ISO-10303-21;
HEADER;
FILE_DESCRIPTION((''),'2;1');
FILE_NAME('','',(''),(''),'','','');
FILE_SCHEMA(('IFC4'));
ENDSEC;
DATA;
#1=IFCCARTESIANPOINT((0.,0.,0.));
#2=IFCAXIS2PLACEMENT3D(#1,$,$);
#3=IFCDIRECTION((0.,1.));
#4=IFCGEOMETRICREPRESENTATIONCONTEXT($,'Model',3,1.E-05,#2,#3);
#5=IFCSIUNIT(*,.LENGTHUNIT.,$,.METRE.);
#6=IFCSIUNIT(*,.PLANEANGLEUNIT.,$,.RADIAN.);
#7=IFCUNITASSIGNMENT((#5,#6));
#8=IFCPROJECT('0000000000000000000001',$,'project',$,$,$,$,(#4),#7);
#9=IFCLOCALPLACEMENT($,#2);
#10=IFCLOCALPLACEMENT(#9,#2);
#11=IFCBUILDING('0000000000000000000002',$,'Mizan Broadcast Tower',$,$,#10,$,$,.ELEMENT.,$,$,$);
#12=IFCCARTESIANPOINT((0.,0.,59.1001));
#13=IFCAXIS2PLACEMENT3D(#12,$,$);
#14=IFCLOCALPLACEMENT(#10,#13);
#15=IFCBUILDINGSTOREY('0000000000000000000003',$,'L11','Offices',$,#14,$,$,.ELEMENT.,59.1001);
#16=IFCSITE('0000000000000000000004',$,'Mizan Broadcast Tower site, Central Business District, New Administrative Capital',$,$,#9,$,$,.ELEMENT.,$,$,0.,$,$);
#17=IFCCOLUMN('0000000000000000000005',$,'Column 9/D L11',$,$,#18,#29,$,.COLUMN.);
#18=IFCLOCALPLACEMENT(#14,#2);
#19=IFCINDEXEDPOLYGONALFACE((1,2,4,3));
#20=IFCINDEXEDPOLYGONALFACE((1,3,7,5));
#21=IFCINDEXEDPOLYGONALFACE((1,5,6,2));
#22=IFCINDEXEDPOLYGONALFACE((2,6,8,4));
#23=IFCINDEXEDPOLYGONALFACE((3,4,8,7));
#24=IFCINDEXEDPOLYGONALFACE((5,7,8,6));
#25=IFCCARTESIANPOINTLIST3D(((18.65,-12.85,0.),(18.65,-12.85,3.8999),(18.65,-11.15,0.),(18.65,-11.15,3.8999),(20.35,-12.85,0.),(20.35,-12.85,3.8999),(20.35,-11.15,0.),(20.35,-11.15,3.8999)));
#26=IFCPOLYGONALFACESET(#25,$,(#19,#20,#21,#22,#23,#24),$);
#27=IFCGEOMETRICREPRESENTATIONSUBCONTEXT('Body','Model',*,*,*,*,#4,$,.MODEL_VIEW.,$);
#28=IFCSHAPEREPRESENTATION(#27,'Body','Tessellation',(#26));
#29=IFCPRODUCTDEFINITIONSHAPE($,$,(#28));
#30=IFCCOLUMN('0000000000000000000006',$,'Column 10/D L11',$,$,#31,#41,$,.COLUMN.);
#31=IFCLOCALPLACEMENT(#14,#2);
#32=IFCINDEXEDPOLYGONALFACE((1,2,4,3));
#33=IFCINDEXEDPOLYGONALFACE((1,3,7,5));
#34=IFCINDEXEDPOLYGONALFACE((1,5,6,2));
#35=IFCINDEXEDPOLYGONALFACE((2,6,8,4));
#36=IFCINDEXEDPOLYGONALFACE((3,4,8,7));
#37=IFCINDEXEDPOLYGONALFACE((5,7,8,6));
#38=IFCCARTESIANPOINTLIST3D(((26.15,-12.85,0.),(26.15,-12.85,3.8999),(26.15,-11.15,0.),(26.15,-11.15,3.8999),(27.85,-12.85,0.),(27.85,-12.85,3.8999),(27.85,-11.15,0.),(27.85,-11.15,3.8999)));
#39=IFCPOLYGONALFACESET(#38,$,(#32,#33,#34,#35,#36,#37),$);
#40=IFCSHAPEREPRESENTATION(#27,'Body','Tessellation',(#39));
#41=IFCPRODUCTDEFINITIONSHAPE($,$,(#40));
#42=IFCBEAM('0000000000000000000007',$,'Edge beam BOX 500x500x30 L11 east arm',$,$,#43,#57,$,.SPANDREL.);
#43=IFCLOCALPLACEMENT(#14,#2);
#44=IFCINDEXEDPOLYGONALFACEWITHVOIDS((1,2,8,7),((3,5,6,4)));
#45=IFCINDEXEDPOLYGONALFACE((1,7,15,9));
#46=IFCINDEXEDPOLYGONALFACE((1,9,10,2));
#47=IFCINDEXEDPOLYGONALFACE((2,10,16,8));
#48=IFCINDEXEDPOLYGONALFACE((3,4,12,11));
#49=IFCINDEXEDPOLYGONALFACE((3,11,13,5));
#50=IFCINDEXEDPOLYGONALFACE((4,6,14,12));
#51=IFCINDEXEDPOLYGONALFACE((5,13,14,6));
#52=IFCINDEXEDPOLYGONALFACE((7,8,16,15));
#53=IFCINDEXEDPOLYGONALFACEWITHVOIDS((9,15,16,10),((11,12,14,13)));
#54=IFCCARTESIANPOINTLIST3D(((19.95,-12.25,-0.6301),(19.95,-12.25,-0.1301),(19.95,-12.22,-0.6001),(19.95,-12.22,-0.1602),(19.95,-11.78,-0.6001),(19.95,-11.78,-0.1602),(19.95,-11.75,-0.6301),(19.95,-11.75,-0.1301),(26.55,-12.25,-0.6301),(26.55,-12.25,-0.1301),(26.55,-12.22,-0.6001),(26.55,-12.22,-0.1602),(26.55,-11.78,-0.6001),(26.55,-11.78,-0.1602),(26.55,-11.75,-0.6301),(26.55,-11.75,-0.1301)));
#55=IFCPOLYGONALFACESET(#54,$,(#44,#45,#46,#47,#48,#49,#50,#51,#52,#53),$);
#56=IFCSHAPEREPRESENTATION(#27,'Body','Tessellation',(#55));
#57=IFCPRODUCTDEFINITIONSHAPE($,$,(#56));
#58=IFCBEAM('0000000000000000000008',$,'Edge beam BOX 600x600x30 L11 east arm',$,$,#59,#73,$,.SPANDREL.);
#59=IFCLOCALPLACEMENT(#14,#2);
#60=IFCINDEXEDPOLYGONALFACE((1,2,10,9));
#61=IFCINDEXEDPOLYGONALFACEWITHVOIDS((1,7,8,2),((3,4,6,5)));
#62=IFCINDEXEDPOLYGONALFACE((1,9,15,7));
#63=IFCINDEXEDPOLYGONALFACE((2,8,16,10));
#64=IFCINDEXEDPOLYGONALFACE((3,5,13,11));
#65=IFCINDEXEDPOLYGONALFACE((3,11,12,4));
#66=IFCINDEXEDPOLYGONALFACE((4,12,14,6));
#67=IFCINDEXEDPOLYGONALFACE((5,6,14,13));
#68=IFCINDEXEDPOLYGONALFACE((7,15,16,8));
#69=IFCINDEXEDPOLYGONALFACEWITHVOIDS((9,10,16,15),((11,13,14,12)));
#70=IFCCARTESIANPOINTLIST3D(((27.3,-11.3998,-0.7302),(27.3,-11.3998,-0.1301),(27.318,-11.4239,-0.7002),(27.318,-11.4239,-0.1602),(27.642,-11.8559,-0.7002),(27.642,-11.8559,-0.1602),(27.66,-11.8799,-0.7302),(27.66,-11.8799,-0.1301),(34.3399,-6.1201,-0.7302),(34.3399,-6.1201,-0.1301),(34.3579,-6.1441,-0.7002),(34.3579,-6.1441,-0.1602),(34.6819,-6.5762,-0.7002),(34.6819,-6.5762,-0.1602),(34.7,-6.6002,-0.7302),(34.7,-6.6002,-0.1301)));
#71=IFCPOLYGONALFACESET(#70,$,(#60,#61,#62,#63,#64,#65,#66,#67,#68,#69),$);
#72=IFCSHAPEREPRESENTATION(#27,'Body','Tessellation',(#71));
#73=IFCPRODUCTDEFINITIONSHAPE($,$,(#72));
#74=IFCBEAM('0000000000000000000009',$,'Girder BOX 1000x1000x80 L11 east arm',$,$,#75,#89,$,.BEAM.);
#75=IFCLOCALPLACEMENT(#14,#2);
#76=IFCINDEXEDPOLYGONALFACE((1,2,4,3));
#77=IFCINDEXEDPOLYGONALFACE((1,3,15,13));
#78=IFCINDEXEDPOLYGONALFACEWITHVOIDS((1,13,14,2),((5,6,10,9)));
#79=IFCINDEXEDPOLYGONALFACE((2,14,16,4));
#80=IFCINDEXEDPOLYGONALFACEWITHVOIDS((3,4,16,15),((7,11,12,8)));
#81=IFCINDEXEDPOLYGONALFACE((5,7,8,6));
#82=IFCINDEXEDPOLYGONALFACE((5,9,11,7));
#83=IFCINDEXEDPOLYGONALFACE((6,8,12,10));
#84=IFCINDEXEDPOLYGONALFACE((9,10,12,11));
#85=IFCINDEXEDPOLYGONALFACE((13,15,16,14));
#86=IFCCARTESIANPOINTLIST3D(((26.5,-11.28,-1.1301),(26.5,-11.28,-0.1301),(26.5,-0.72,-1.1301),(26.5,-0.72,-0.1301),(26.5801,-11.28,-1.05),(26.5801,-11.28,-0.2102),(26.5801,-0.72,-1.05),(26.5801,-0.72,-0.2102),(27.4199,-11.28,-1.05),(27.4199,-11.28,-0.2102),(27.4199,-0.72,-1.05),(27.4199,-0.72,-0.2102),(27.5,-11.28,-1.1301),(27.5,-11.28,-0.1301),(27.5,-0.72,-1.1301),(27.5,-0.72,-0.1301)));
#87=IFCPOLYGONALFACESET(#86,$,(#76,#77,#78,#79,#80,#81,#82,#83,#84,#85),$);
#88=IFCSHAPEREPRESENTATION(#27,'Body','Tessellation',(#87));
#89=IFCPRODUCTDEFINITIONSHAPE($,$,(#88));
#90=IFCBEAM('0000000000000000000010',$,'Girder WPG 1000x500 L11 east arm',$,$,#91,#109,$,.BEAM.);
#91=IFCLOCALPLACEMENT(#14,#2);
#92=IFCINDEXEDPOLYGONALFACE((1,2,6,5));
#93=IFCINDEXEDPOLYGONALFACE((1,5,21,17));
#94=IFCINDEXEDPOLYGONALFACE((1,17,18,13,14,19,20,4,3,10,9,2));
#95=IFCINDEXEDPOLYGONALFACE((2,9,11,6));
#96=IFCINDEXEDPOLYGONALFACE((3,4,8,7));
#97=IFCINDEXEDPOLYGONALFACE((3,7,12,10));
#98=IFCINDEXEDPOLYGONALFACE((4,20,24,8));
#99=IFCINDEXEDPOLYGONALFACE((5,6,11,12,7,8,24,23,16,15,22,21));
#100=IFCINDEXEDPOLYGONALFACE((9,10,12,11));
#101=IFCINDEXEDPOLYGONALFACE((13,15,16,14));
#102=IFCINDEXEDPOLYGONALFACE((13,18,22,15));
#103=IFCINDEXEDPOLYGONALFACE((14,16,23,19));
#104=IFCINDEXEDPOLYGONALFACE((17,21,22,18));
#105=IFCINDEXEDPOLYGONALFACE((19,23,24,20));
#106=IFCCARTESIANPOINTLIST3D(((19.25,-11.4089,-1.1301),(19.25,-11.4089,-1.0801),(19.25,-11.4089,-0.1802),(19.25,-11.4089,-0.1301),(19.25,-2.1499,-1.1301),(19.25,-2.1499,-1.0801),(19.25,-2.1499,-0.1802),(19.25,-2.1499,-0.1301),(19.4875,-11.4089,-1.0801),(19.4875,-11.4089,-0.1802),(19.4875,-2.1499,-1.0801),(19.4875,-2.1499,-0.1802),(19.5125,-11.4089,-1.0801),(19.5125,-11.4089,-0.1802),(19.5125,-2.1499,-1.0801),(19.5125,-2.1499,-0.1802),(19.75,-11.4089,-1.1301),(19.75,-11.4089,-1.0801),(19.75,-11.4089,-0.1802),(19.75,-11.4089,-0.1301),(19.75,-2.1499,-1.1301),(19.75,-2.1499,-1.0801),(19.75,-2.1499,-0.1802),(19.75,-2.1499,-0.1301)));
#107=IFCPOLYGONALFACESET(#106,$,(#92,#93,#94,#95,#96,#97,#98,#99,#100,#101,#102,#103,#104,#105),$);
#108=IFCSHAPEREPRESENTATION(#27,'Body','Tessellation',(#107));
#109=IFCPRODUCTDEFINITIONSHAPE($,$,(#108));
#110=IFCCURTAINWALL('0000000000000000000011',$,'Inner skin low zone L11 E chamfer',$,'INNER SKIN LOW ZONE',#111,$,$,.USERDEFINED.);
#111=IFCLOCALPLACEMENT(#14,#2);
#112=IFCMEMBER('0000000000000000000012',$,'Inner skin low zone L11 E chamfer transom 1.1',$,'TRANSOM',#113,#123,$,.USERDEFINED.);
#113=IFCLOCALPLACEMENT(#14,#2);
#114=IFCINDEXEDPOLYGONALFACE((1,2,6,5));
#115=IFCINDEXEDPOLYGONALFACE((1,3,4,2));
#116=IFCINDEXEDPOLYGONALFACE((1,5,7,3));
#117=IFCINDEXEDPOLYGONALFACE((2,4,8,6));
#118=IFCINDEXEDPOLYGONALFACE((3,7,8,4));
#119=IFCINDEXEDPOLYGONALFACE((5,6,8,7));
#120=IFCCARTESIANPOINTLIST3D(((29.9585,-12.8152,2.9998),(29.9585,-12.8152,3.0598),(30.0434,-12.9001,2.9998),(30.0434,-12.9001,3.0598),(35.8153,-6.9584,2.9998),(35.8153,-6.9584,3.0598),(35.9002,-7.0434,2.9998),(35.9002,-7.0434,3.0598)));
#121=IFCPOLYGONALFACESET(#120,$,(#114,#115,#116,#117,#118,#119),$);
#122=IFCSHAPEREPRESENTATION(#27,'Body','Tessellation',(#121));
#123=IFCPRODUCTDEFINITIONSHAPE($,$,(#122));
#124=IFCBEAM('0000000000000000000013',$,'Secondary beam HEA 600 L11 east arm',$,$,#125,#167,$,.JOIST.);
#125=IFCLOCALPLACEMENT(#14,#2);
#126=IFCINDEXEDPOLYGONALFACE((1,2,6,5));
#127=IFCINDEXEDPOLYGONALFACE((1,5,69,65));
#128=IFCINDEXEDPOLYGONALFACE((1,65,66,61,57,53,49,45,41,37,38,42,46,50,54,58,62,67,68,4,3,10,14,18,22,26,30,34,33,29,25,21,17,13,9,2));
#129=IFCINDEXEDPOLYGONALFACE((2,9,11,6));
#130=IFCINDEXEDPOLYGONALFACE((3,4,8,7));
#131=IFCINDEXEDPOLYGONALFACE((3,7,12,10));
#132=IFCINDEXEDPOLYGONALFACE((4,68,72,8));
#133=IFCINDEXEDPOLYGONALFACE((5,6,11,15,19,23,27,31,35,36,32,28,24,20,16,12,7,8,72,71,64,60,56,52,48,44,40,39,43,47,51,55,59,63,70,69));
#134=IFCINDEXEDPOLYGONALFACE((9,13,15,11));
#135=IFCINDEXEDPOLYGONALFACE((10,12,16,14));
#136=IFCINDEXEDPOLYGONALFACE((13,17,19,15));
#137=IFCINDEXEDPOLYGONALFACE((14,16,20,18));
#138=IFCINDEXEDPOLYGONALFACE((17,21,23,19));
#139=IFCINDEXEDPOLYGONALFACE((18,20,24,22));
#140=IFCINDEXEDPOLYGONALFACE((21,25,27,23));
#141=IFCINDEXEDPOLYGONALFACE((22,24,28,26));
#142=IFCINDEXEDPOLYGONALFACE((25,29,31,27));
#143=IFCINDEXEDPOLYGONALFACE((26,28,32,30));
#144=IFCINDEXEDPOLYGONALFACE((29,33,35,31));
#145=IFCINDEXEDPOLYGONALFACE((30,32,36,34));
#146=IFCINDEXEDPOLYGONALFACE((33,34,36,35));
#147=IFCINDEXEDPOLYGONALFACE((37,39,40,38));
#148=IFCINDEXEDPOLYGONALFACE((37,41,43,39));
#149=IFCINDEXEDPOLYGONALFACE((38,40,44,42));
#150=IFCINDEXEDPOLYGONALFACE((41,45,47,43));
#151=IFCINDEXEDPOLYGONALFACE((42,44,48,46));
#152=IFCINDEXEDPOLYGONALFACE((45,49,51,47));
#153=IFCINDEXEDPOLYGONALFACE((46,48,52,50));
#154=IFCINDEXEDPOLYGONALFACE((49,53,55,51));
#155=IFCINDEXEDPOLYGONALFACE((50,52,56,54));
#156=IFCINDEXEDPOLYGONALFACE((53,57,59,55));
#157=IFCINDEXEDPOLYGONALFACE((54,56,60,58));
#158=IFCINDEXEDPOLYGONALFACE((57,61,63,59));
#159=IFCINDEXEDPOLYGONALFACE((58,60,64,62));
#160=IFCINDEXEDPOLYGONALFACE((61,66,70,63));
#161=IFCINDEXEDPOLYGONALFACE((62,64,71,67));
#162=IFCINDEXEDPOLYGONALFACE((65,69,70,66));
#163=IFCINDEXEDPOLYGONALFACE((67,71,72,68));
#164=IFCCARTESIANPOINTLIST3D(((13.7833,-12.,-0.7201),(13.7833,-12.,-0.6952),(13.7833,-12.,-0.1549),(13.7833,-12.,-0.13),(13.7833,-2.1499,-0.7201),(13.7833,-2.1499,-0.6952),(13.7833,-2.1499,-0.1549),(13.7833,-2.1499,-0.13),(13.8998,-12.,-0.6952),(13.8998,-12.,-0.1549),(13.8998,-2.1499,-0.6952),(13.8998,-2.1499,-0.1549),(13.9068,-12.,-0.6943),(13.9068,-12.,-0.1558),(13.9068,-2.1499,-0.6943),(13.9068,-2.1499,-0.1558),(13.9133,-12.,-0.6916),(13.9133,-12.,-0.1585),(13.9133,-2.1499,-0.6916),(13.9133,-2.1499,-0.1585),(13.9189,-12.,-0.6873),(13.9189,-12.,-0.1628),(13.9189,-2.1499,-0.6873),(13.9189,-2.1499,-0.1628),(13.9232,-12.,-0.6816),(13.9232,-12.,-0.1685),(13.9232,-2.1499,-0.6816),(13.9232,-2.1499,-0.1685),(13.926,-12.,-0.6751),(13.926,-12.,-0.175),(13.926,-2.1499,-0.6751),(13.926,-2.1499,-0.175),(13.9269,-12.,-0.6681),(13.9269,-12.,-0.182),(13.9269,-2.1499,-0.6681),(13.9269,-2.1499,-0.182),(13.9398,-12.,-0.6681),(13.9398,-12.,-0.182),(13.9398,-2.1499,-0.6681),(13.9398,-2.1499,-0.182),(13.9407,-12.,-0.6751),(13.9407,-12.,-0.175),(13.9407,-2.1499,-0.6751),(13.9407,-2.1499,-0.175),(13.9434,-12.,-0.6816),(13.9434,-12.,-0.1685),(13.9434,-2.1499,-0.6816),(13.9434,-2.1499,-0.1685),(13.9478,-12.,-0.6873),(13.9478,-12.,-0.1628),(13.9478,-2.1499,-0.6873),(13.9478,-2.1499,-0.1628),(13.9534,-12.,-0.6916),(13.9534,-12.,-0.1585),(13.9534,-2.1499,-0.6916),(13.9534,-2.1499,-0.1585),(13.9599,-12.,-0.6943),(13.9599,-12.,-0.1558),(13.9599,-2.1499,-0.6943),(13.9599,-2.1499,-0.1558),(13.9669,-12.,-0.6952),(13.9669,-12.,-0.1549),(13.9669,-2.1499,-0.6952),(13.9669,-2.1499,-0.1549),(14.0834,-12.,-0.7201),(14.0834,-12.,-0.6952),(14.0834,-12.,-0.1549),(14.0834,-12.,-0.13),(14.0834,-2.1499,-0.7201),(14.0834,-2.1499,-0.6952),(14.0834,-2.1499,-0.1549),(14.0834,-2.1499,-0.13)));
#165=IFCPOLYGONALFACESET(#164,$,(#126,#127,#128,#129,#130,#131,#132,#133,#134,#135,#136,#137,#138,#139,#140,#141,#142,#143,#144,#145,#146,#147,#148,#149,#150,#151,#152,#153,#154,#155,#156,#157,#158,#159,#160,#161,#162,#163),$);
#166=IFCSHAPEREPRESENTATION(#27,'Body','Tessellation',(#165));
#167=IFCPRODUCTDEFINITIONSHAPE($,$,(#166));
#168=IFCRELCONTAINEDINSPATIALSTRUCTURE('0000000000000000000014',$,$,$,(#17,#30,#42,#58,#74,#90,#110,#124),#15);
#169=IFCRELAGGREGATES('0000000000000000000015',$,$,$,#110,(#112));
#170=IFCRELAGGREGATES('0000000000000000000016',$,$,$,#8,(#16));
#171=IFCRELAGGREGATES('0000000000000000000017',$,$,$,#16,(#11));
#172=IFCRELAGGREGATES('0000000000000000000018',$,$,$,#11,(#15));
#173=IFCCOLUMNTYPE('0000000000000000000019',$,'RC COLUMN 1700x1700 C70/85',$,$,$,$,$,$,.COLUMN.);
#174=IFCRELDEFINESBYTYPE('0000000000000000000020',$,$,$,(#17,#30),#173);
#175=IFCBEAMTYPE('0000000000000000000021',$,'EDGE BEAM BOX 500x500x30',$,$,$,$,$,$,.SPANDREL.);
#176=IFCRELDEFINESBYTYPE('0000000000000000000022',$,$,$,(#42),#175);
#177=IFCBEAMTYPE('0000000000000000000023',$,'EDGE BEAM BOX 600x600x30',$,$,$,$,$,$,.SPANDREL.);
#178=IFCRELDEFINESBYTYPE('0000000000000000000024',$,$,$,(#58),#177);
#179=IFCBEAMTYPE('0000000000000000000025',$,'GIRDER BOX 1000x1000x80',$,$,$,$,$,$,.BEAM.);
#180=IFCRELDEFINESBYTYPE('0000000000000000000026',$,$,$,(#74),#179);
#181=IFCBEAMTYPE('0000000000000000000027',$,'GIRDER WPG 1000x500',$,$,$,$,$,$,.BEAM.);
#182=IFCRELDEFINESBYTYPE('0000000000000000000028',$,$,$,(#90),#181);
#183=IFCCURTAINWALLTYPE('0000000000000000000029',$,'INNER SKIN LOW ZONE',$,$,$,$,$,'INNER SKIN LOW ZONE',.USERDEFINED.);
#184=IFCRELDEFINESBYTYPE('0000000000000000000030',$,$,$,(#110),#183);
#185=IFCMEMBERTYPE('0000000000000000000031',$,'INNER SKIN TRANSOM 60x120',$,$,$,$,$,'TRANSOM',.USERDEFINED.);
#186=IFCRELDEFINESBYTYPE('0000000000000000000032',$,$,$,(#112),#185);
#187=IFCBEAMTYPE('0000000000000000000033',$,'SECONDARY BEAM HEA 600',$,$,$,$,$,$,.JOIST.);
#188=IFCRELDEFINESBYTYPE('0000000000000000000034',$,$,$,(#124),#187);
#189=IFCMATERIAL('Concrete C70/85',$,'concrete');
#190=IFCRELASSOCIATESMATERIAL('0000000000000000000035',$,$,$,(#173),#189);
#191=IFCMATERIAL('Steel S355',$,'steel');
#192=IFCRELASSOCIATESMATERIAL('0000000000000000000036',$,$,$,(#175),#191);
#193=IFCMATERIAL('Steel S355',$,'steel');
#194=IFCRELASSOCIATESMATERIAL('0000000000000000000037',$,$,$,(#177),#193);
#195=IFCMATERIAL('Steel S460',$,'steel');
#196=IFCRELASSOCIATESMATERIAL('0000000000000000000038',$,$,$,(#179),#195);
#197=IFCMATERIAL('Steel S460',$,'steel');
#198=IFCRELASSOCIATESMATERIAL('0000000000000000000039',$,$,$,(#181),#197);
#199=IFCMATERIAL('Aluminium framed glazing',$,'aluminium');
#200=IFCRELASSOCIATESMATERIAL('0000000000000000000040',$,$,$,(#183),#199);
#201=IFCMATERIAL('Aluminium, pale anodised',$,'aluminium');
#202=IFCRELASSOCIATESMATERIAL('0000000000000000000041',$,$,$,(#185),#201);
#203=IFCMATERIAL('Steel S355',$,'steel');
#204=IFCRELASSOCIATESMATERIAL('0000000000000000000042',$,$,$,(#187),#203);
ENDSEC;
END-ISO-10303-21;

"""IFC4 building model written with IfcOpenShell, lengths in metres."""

from ifc_helpers import new_model, si_unit, direction, frame, origin, origin_2d, place, context, subcontext, project, spatial, rectangle, hollow_rectangle, i_section, extrude, material, material_profile, profile_set, type_object, element, aggregate, save


model = new_model("IFC4")

# Units and contexts
model_context = context("Model", 3, precision=1e-05, world=origin(), true_north=direction((0.0, 1.0)))
body_context = subcontext(model_context, "Body", "Model", "MODEL_VIEW")
ifc_project = project(units=[si_unit("LENGTHUNIT", "METRE"), si_unit("PLANEANGLEUNIT", "RADIAN")], contexts=[model_context])

# Site, building, storey
site_placement = place(None, origin())
site = spatial("IfcSite", under=ifc_project, at=site_placement, Name="Mizan Broadcast Tower site, Central Business District, New Administrative Capital", CompositionType="ELEMENT", RefElevation=0.0)
building_placement = place(site_placement, origin())
building = spatial("IfcBuilding", under=site, at=building_placement, Name="Mizan Broadcast Tower", CompositionType="ELEMENT")
storey_placement = place(building_placement, frame((0.0, 0.0, 59.1001)))
storey = spatial("IfcBuildingStorey", under=building, at=storey_placement, Name="L11", Description="Offices", CompositionType="ELEMENT", Elevation=59.1001)

# Columns
ifc_material_1 = material(Name="Concrete C70/85", Category="concrete")
ifc_material_profile_1 = material_profile(ifc_material_1, rectangle(XDim=1.7, YDim=1.7, at=origin_2d()), Name="RC 1700x1700")
ifc_profile_set_1 = profile_set([ifc_material_profile_1], Name="Concrete C70/85")
column_type = type_object("IfcColumnType", Name="RC COLUMN 1700x1700 C70/85", PredefinedType="COLUMN", material=ifc_profile_set_1)
for number, where, z_axis, x_axis, name in (
    (1, (19.5, -12.0, 0.0), (0.0, 0.0, 1.0), (1.0, 0.0, 0.0), "Column 9/D L11"),
    (2, (27.0, -12.0, 0.0), (0.0, 0.0, 1.0), (1.0, 0.0, 0.0), "Column 10/D L11"),
):
    element("IfcColumn", number, at=place(storey_placement, frame(where, z_axis=z_axis, x_axis=x_axis)), inside=storey, type_object=column_type, Name=name, PredefinedType="COLUMN", context=body_context, shape_type="SweptSolid", body=[
        extrude(rectangle(XDim=1.7, YDim=1.7, at=origin_2d()), origin(), (0.0, 0.0, 1.0), 3.8999),
    ])

# Beams
ifc_material_2 = material(Name="Steel S355", Category="steel")
ifc_material_profile_2 = material_profile(ifc_material_2, hollow_rectangle(XDim=0.5, YDim=0.5, WallThickness=0.03, at=origin_2d()), Name="BOX 500x500x30")
ifc_profile_set_2 = profile_set([ifc_material_profile_2], Name="Steel S355")
beam_type_1 = type_object("IfcBeamType", Name="EDGE BEAM BOX 500x500x30", PredefinedType="SPANDREL", material=ifc_profile_set_2)
beam_1_placement = place(storey_placement, frame((19.95, -12.0, -0.3801), z_axis=(1.0, 0.0, 0.0), x_axis=(0.0, 1.0, 0.0)))
element("IfcBeam", 3, at=beam_1_placement, inside=storey, type_object=beam_type_1, Name="Edge beam BOX 500x500x30 L11 east arm", PredefinedType="SPANDREL", context=body_context, shape_type="SweptSolid", body=[
    extrude(hollow_rectangle(XDim=0.5, YDim=0.5, WallThickness=0.03, at=origin_2d()), origin(), (0.0, 0.0, 1.0), 6.6001),
])
ifc_material_3 = material(Name="Steel S355", Category="steel")
ifc_material_profile_3 = material_profile(ifc_material_3, hollow_rectangle(XDim=0.6001, YDim=0.6001, WallThickness=0.03, at=origin_2d()), Name="BOX 600x600x30")
ifc_profile_set_3 = profile_set([ifc_material_profile_3], Name="Steel S355")
beam_type_2 = type_object("IfcBeamType", Name="EDGE BEAM BOX 600x600x30", PredefinedType="SPANDREL", material=ifc_profile_set_3)
beam_2_placement = place(storey_placement, frame((27.48, -11.6399, -0.4302), z_axis=(0.800013, 0.599982, 0.0), x_axis=(-0.599982, 0.800013, 0.0)))
element("IfcBeam", 4, at=beam_2_placement, inside=storey, type_object=beam_type_2, Name="Edge beam BOX 600x600x30 L11 east arm", PredefinedType="SPANDREL", context=body_context, shape_type="SweptSolid", body=[
    extrude(hollow_rectangle(XDim=0.6001, YDim=0.6001, WallThickness=0.03, at=origin_2d()), origin(), (0.0, 0.0, 1.0), 8.7998),
])
ifc_material_4 = material(Name="Steel S460", Category="steel")
ifc_material_profile_4 = material_profile(ifc_material_4, hollow_rectangle(XDim=1.0, YDim=1.0, WallThickness=0.0801, at=origin_2d()), Name="BOX 1000x1000x80")
ifc_profile_set_4 = profile_set([ifc_material_profile_4], Name="Steel S460")
beam_type_3 = type_object("IfcBeamType", Name="GIRDER BOX 1000x1000x80", PredefinedType="BEAM", material=ifc_profile_set_4)
beam_3_placement = place(storey_placement, frame((27.0, -11.28, -0.6301), z_axis=(0.0, 1.0, 0.0), x_axis=(-1.0, 0.0, 0.0)))
element("IfcBeam", 5, at=beam_3_placement, inside=storey, type_object=beam_type_3, Name="Girder BOX 1000x1000x80 L11 east arm", PredefinedType="BEAM", context=body_context, shape_type="SweptSolid", body=[
    extrude(hollow_rectangle(XDim=1.0, YDim=1.0, WallThickness=0.0801, at=origin_2d()), origin(), (0.0, 0.0, 1.0), 10.5601),
])
ifc_material_5 = material(Name="Steel S460", Category="steel")
ifc_material_profile_5 = material_profile(ifc_material_5, i_section(OverallWidth=0.5, OverallDepth=1.0, WebThickness=0.0249, FlangeThickness=0.05, at=origin_2d()), Name="WPG 1000x500")
ifc_profile_set_5 = profile_set([ifc_material_profile_5], Name="Steel S460")
beam_type_4 = type_object("IfcBeamType", Name="GIRDER WPG 1000x500", PredefinedType="BEAM", material=ifc_profile_set_5)
beam_4_placement = place(storey_placement, frame((19.5, -11.4089, -0.6301), z_axis=(0.0, 1.0, 0.0), x_axis=(-1.0, 0.0, 0.0)))
element("IfcBeam", 6, at=beam_4_placement, inside=storey, type_object=beam_type_4, Name="Girder WPG 1000x500 L11 east arm", PredefinedType="BEAM", context=body_context, shape_type="SweptSolid", body=[
    extrude(i_section(OverallWidth=0.5, OverallDepth=1.0, WebThickness=0.0249, FlangeThickness=0.05, at=origin_2d()), origin(), (0.0, 0.0, 1.0), 9.259),
])

# Curtain wall, member
ifc_material_6 = material(Name="Aluminium framed glazing", Category="aluminium")
curtain_wall_type = type_object("IfcCurtainWallType", Name="INNER SKIN LOW ZONE", ElementType="INNER SKIN LOW ZONE", PredefinedType="USERDEFINED", material=ifc_material_6)
curtain_wall_placement = place(storey_placement, origin())
curtain_wall = element("IfcCurtainWall", 7, at=curtain_wall_placement, inside=storey, type_object=curtain_wall_type, Name="Inner skin low zone L11 E chamfer", ObjectType="INNER SKIN LOW ZONE", PredefinedType="USERDEFINED")
ifc_material_7 = material(Name="Aluminium, pale anodised", Category="aluminium")
ifc_material_profile_6 = material_profile(ifc_material_7, rectangle(XDim=0.1201, YDim=0.0601, at=origin_2d()), Name="TRANSOM 120x60")
ifc_profile_set_6 = profile_set([ifc_material_profile_6], Name="Aluminium, pale anodised")
member_type = type_object("IfcMemberType", Name="INNER SKIN TRANSOM 60x120", ElementType="TRANSOM", PredefinedType="USERDEFINED", material=ifc_profile_set_6)
member_placement = place(storey_placement, frame((30.001, -12.8577, 3.0298), z_axis=(0.707107, 0.707107, 0.0), x_axis=(-0.707107, 0.707107, 0.0)))
member = element("IfcMember", 8, at=member_placement, type_object=member_type, Name="Inner skin low zone L11 E chamfer transom 1.1", ObjectType="TRANSOM", PredefinedType="USERDEFINED", context=body_context, shape_type="SweptSolid", body=[
    extrude(rectangle(XDim=0.1201, YDim=0.0601, at=origin_2d()), origin(), (0.0, 0.0, 1.0), 8.2827),
])
aggregate(curtain_wall, [member])

# Beam
ifc_material_8 = material(Name="Steel S355", Category="steel")
ifc_material_profile_7 = material_profile(ifc_material_8, i_section(OverallWidth=0.3, OverallDepth=0.5901, WebThickness=0.0129, FlangeThickness=0.0249, FilletRadius=0.0271, at=origin_2d()), Name="HEA 600")
ifc_profile_set_7 = profile_set([ifc_material_profile_7], Name="Steel S355")
beam_type_5 = type_object("IfcBeamType", Name="SECONDARY BEAM HEA 600", PredefinedType="JOIST", material=ifc_profile_set_7)
for number, where, z_axis, x_axis, name in (
    (9, (13.9333, -12.0, -0.425), (0.0, 1.0, 0.0), (-1.0, 0.0, 0.0), "Secondary beam HEA 600 L11 east arm"),
):
    element("IfcBeam", number, at=place(storey_placement, frame(where, z_axis=z_axis, x_axis=x_axis)), inside=storey, type_object=beam_type_5, Name=name, PredefinedType="JOIST", context=body_context, shape_type="SweptSolid", body=[
        extrude(i_section(OverallWidth=0.3, OverallDepth=0.5901, WebThickness=0.0129, FlangeThickness=0.0249, FilletRadius=0.0271, at=origin_2d()), origin(), (0.0, 0.0, 1.0), 9.8501),
    ])

save(model, "model.ifc")
